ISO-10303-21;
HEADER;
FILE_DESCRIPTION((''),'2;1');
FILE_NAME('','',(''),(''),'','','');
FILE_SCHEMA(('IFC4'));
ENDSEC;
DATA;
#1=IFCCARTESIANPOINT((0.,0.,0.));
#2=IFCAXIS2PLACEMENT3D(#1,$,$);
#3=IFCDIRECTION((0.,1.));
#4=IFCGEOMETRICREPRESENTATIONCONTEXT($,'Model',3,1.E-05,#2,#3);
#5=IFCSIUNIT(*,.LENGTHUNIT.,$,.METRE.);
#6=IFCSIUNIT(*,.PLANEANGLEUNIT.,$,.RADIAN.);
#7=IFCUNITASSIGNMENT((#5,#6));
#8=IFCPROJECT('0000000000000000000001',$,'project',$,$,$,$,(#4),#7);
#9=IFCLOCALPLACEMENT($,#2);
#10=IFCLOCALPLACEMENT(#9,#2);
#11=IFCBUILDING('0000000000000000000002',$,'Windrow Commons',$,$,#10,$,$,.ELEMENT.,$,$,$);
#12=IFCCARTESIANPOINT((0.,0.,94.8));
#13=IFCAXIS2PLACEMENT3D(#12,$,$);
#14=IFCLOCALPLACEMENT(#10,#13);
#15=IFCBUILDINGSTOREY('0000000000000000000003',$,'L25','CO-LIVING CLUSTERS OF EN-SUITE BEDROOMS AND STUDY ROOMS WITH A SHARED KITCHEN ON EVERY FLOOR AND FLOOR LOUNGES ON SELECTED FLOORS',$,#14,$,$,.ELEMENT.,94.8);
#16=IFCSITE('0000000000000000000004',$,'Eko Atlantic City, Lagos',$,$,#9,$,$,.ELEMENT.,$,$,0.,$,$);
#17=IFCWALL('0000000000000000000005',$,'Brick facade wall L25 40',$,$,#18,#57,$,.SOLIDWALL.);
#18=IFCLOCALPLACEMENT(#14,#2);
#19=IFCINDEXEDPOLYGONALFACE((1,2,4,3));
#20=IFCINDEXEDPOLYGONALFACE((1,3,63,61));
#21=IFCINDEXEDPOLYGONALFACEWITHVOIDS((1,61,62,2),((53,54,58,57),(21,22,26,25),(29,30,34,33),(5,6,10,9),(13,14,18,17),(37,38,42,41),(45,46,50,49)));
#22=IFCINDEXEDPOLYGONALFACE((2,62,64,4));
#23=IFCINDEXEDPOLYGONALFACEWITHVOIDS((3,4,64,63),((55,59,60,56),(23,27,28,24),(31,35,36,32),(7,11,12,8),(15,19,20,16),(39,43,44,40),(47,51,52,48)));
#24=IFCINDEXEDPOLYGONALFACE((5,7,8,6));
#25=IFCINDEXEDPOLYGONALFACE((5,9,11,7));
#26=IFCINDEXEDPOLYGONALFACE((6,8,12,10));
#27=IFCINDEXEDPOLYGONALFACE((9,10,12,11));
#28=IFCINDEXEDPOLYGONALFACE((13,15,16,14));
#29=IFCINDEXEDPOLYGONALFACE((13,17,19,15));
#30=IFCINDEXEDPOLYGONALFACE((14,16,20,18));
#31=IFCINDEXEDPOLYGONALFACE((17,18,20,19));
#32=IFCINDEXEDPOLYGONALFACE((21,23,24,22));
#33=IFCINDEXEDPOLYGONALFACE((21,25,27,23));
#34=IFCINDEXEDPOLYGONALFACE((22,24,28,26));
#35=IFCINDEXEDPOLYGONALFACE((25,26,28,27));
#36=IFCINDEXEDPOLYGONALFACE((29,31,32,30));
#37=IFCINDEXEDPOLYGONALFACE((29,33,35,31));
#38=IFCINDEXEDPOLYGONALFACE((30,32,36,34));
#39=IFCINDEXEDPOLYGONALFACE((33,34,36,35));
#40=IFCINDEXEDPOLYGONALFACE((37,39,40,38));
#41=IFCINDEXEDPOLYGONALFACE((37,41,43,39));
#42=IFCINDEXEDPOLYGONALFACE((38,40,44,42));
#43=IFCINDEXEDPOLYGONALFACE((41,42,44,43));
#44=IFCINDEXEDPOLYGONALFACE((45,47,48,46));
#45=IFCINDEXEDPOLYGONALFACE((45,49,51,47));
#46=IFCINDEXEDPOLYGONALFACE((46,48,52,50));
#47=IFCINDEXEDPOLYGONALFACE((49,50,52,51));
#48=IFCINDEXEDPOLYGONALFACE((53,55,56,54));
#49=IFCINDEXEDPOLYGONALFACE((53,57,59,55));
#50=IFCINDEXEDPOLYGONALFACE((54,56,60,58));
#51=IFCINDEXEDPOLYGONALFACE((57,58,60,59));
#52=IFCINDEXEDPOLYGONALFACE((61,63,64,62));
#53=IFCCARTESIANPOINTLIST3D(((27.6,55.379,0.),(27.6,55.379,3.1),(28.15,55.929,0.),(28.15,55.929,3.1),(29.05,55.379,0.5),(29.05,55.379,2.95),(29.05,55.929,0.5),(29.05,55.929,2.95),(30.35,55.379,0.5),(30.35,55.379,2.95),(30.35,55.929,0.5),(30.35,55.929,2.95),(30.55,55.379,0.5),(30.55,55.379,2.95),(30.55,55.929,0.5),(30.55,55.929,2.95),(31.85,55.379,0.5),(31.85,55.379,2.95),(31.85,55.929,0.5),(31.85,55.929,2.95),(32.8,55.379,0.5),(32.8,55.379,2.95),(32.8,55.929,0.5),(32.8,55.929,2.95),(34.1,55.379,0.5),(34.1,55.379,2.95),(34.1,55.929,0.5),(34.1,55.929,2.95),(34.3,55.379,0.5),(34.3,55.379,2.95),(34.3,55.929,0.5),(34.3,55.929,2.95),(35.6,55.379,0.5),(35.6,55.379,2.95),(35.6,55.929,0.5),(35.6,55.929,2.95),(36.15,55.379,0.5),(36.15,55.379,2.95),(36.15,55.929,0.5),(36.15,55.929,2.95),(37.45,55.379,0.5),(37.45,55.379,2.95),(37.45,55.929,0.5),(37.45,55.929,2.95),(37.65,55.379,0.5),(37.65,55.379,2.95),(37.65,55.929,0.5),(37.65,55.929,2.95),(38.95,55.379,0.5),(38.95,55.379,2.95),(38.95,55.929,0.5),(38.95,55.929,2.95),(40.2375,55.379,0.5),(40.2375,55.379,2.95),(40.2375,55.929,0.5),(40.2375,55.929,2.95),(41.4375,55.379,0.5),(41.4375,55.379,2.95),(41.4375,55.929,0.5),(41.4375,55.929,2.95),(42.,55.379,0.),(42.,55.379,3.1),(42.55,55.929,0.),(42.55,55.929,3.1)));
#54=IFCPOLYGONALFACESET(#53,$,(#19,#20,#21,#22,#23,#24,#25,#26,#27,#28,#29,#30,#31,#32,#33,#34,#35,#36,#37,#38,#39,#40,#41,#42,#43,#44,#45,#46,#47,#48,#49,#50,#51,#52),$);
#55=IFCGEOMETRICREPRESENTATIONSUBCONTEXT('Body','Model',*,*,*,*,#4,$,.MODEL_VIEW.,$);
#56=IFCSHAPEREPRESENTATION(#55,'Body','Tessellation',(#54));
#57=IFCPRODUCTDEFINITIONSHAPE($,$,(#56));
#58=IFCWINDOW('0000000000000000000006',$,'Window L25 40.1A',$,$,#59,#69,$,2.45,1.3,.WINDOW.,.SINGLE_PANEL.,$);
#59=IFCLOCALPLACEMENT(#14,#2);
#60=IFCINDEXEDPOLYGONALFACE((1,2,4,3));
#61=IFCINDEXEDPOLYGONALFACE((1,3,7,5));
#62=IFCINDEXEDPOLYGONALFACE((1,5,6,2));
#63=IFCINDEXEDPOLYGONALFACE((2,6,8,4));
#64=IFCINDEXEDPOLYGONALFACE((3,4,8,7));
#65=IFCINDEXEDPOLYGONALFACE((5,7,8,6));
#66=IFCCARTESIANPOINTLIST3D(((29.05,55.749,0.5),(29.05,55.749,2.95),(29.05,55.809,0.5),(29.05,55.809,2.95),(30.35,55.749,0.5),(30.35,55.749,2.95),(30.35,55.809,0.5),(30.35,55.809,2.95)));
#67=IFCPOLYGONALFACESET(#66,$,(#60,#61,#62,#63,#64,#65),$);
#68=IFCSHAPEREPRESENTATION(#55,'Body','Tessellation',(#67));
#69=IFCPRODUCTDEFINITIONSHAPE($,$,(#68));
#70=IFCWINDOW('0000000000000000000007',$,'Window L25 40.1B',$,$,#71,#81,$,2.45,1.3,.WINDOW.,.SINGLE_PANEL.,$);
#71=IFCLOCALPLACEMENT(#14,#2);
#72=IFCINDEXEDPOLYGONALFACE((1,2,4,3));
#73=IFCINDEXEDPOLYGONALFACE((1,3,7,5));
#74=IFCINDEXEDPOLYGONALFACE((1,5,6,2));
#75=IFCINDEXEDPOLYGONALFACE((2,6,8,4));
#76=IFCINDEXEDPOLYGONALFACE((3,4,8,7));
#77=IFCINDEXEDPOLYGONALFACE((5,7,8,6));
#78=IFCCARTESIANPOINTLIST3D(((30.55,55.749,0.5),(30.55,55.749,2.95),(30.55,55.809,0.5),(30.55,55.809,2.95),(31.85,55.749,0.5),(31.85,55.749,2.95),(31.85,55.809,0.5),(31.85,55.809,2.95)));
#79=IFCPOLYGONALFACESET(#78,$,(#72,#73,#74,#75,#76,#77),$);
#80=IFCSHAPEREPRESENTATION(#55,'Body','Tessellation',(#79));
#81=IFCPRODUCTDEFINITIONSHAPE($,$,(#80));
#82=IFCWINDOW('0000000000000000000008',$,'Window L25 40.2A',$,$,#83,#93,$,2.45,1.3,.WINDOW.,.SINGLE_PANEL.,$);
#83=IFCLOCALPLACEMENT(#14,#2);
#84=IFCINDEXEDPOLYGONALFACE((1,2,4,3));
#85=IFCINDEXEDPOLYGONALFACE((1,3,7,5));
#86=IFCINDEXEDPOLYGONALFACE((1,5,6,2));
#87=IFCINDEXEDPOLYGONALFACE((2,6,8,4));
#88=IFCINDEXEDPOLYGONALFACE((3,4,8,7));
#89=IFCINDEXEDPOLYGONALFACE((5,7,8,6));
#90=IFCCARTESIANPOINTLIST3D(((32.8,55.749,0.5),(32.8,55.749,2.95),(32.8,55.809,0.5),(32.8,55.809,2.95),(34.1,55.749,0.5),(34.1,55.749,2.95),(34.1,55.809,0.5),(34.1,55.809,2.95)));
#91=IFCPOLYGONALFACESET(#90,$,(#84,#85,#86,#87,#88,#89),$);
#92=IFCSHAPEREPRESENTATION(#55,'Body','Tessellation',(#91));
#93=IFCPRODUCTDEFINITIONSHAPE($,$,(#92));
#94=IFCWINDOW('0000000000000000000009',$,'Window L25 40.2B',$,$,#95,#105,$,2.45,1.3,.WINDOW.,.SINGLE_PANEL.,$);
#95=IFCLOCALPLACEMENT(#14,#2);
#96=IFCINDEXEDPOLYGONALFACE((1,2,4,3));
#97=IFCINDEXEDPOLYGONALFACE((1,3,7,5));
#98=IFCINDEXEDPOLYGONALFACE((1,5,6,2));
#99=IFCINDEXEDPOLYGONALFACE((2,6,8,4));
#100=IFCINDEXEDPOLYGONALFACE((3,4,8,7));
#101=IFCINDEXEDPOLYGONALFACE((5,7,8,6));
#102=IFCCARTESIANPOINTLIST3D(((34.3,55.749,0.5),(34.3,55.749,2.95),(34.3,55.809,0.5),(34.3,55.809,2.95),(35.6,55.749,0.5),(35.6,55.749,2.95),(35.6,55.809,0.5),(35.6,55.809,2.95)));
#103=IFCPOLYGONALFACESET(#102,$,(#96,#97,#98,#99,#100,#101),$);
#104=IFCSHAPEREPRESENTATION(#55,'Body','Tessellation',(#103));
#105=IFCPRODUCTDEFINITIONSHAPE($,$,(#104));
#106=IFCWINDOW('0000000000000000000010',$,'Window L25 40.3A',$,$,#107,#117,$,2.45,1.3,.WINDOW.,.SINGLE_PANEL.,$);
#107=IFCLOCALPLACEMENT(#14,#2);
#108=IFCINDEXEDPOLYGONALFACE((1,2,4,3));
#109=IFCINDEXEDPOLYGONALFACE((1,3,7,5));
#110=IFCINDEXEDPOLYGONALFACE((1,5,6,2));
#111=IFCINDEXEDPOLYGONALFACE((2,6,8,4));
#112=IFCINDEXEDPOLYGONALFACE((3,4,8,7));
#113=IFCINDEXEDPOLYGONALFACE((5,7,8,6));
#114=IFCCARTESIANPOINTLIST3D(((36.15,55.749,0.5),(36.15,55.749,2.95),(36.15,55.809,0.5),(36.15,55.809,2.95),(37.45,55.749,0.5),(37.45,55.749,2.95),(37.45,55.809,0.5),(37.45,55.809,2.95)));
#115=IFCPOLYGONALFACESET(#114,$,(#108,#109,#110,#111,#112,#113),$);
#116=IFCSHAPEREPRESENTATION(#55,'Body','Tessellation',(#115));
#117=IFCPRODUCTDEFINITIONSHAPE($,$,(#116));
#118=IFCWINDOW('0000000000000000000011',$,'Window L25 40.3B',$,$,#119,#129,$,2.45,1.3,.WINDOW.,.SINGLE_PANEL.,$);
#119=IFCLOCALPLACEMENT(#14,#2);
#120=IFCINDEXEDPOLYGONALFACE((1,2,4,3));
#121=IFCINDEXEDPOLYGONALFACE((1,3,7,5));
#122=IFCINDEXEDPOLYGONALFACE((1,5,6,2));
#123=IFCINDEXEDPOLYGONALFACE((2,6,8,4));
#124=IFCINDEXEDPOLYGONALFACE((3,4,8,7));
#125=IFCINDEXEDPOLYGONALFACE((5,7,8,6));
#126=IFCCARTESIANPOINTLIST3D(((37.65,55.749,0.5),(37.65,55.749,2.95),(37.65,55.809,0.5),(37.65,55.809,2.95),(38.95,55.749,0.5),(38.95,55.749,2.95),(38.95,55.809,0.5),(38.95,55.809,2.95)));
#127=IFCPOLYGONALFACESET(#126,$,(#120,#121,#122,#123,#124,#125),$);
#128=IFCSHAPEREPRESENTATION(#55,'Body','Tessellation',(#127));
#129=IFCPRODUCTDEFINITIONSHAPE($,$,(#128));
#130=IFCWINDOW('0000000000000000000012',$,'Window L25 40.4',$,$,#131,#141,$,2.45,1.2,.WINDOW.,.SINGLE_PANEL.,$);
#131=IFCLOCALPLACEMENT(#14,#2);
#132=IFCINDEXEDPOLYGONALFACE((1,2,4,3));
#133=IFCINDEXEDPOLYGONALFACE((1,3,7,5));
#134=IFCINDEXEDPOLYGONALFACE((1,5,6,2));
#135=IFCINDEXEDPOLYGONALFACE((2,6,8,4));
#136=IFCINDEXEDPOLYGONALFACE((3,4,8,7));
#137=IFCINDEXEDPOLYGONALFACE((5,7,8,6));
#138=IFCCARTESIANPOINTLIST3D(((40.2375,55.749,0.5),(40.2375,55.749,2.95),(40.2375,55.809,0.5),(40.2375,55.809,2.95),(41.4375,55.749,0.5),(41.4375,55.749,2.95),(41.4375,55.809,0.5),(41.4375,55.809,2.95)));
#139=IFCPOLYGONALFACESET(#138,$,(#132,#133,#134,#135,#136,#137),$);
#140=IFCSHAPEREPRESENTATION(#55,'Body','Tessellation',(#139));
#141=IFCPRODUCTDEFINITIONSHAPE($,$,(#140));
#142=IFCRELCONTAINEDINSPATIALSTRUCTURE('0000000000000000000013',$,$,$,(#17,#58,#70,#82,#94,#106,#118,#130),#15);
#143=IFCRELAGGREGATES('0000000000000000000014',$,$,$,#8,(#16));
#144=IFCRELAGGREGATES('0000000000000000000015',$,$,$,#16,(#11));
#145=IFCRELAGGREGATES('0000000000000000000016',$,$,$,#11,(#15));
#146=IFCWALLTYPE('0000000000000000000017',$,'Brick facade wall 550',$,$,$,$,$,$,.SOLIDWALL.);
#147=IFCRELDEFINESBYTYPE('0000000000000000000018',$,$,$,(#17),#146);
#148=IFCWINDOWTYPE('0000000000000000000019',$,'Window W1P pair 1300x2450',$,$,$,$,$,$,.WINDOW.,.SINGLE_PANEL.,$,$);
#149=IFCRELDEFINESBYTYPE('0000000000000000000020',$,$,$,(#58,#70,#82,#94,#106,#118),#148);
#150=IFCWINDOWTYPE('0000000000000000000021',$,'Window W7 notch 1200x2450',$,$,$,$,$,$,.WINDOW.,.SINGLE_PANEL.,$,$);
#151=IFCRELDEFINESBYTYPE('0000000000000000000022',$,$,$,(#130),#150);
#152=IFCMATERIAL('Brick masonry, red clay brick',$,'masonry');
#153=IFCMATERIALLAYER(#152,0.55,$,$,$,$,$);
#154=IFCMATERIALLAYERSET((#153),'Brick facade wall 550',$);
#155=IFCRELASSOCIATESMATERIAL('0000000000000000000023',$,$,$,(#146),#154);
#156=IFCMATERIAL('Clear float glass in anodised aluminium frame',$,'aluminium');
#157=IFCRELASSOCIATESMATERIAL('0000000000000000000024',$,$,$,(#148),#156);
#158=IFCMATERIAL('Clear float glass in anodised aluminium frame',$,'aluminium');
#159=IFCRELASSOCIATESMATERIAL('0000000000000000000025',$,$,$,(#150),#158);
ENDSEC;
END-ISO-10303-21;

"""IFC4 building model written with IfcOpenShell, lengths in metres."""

from ifc_helpers import new_model, si_unit, direction, frame, frame_2d, origin, place, context, subcontext, project, spatial, polyline, rectangle, outline, extrude, material, layer, layer_set, type_object, element, fill, save


model = new_model("IFC4")

# Units and contexts
model_context = context("Model", 3, precision=1e-05, world=origin(), true_north=direction((0.0, 1.0)))
body_context = subcontext(model_context, "Body", "Model", "MODEL_VIEW")
ifc_project = project(units=[si_unit("LENGTHUNIT", "METRE"), si_unit("PLANEANGLEUNIT", "RADIAN")], contexts=[model_context])

# Site, building, storey
site_placement = place(None, origin())
site = spatial("IfcSite", under=ifc_project, at=site_placement, Name="Eko Atlantic City, Lagos", CompositionType="ELEMENT", RefElevation=0.0)
building_placement = place(site_placement, origin())
building = spatial("IfcBuilding", under=site, at=building_placement, Name="Windrow Commons", CompositionType="ELEMENT")
storey_placement = place(building_placement, frame((0.0, 0.0, 94.8)))
storey = spatial("IfcBuildingStorey", under=building, at=storey_placement, Name="L25", Description="CO-LIVING CLUSTERS OF EN-SUITE BEDROOMS AND STUDY ROOMS WITH A SHARED KITCHEN ON EVERY FLOOR AND FLOOR LOUNGES ON SELECTED FLOORS", CompositionType="ELEMENT", Elevation=94.8)

# Wall, openings, windows
ifc_material_1 = material(Name="Brick masonry, red clay brick", Category="masonry")
ifc_layer_1 = layer(ifc_material_1, 0.55)
ifc_layer_set_1 = layer_set([ifc_layer_1], Name="Brick facade wall 550")
wall_type_1 = type_object("IfcWallType", Name="Brick facade wall 550", PredefinedType="SOLIDWALL", material=ifc_layer_set_1)
wall_1_placement = place(storey_placement, frame((27.875, 55.654, 0.0), z_axis=(0.0, 0.0, 1.0), x_axis=(1.0, 0.0, 0.0)))
wall_1 = element("IfcWall", 1, at=wall_1_placement, inside=storey, type_object=wall_type_1, Name="Brick facade wall L25 40", PredefinedType="SOLIDWALL", context=body_context, shape_type="SweptSolid", body=[
    extrude(outline(polyline([(-0.275, -0.275), (14.125, -0.275), (14.675, 0.275), (0.275, 0.275), (-0.275, -0.275)])), origin(), (0.0, 0.0, 1.0), 3.1),
])
opening_1_placement = place(wall_1_placement, frame((1.175, 0.0, 0.5)))
opening_1 = element("IfcOpeningElement", 2, at=opening_1_placement, cuts=wall_1, PredefinedType="OPENING", context=body_context, shape_type="SweptSolid", body=[
    extrude(rectangle(XDim=1.3, YDim=2.45, at=frame_2d((0.65, 1.225))), frame((0.0, 0.285, 0.0), z_axis=(0.0, -1.0, 0.0), x_axis=(1.0, 0.0, 0.0)), (0.0, 0.0, 1.0), 0.57),
])
opening_2_placement = place(wall_1_placement, frame((2.675, 0.0, 0.5)))
opening_2 = element("IfcOpeningElement", 3, at=opening_2_placement, cuts=wall_1, PredefinedType="OPENING", context=body_context, shape_type="SweptSolid", body=[
    extrude(rectangle(XDim=1.3, YDim=2.45, at=frame_2d((0.65, 1.225))), frame((0.0, 0.285, 0.0), z_axis=(0.0, -1.0, 0.0), x_axis=(1.0, 0.0, 0.0)), (0.0, 0.0, 1.0), 0.57),
])
opening_3_placement = place(wall_1_placement, frame((4.925, 0.0, 0.5)))
opening_3 = element("IfcOpeningElement", 4, at=opening_3_placement, cuts=wall_1, PredefinedType="OPENING", context=body_context, shape_type="SweptSolid", body=[
    extrude(rectangle(XDim=1.3, YDim=2.45, at=frame_2d((0.65, 1.225))), frame((0.0, 0.285, 0.0), z_axis=(0.0, -1.0, 0.0), x_axis=(1.0, 0.0, 0.0)), (0.0, 0.0, 1.0), 0.57),
])
opening_4_placement = place(wall_1_placement, frame((6.425, 0.0, 0.5)))
opening_4 = element("IfcOpeningElement", 5, at=opening_4_placement, cuts=wall_1, PredefinedType="OPENING", context=body_context, shape_type="SweptSolid", body=[
    extrude(rectangle(XDim=1.3, YDim=2.45, at=frame_2d((0.65, 1.225))), frame((0.0, 0.285, 0.0), z_axis=(0.0, -1.0, 0.0), x_axis=(1.0, 0.0, 0.0)), (0.0, 0.0, 1.0), 0.57),
])
opening_5_placement = place(wall_1_placement, frame((8.275, 0.0, 0.5)))
opening_5 = element("IfcOpeningElement", 6, at=opening_5_placement, cuts=wall_1, PredefinedType="OPENING", context=body_context, shape_type="SweptSolid", body=[
    extrude(rectangle(XDim=1.3, YDim=2.45, at=frame_2d((0.65, 1.225))), frame((0.0, 0.285, 0.0), z_axis=(0.0, -1.0, 0.0), x_axis=(1.0, 0.0, 0.0)), (0.0, 0.0, 1.0), 0.57),
])
opening_6_placement = place(wall_1_placement, frame((9.775, 0.0, 0.5)))
opening_6 = element("IfcOpeningElement", 7, at=opening_6_placement, cuts=wall_1, PredefinedType="OPENING", context=body_context, shape_type="SweptSolid", body=[
    extrude(rectangle(XDim=1.3, YDim=2.45, at=frame_2d((0.65, 1.225))), frame((0.0, 0.285, 0.0), z_axis=(0.0, -1.0, 0.0), x_axis=(1.0, 0.0, 0.0)), (0.0, 0.0, 1.0), 0.57),
])
opening_7_placement = place(wall_1_placement, frame((12.3625, 0.0, 0.5)))
opening_7 = element("IfcOpeningElement", 8, at=opening_7_placement, cuts=wall_1, PredefinedType="OPENING", context=body_context, shape_type="SweptSolid", body=[
    extrude(rectangle(XDim=1.2, YDim=2.45, at=frame_2d((0.6, 1.225))), frame((0.0, 0.285, 0.0), z_axis=(0.0, -1.0, 0.0), x_axis=(1.0, 0.0, 0.0)), (0.0, 0.0, 1.0), 0.57),
])
ifc_material_2 = material(Name="Clear float glass in anodised aluminium frame", Category="aluminium")
window_type_1 = type_object("IfcWindowType", Name="Window W1P pair 1300x2450", PartitioningType="SINGLE_PANEL", PredefinedType="WINDOW", material=ifc_material_2)
window_1_placement = place(opening_1_placement, origin())
window_1 = element("IfcWindow", 9, at=window_1_placement, inside=storey, type_object=window_type_1, Name="Window L25 40.1A", OverallHeight=2.45, OverallWidth=1.3, PartitioningType="SINGLE_PANEL", PredefinedType="WINDOW", context=body_context, shape_type="SweptSolid", body=[
    extrude(rectangle(XDim=1.3, YDim=2.45, at=frame_2d((0.65, 1.225))), frame((0.0, 0.155, 0.0), z_axis=(0.0, -1.0, 0.0), x_axis=(1.0, 0.0, 0.0)), (0.0, 0.0, 1.0), 0.06),
])
fill(opening_1, window_1)
window_2_placement = place(opening_2_placement, origin())
window_2 = element("IfcWindow", 10, at=window_2_placement, inside=storey, type_object=window_type_1, Name="Window L25 40.1B", OverallHeight=2.45, OverallWidth=1.3, PartitioningType="SINGLE_PANEL", PredefinedType="WINDOW", context=body_context, shape_type="SweptSolid", body=[
    extrude(rectangle(XDim=1.3, YDim=2.45, at=frame_2d((0.65, 1.225))), frame((0.0, 0.155, 0.0), z_axis=(0.0, -1.0, 0.0), x_axis=(1.0, 0.0, 0.0)), (0.0, 0.0, 1.0), 0.06),
])
fill(opening_2, window_2)
window_3_placement = place(opening_3_placement, origin())
window_3 = element("IfcWindow", 11, at=window_3_placement, inside=storey, type_object=window_type_1, Name="Window L25 40.2A", OverallHeight=2.45, OverallWidth=1.3, PartitioningType="SINGLE_PANEL", PredefinedType="WINDOW", context=body_context, shape_type="SweptSolid", body=[
    extrude(rectangle(XDim=1.3, YDim=2.45, at=frame_2d((0.65, 1.225))), frame((0.0, 0.155, 0.0), z_axis=(0.0, -1.0, 0.0), x_axis=(1.0, 0.0, 0.0)), (0.0, 0.0, 1.0), 0.06),
])
fill(opening_3, window_3)
window_4_placement = place(opening_4_placement, origin())
window_4 = element("IfcWindow", 12, at=window_4_placement, inside=storey, type_object=window_type_1, Name="Window L25 40.2B", OverallHeight=2.45, OverallWidth=1.3, PartitioningType="SINGLE_PANEL", PredefinedType="WINDOW", context=body_context, shape_type="SweptSolid", body=[
    extrude(rectangle(XDim=1.3, YDim=2.45, at=frame_2d((0.65, 1.225))), frame((0.0, 0.155, 0.0), z_axis=(0.0, -1.0, 0.0), x_axis=(1.0, 0.0, 0.0)), (0.0, 0.0, 1.0), 0.06),
])
fill(opening_4, window_4)
window_5_placement = place(opening_5_placement, origin())
window_5 = element("IfcWindow", 13, at=window_5_placement, inside=storey, type_object=window_type_1, Name="Window L25 40.3A", OverallHeight=2.45, OverallWidth=1.3, PartitioningType="SINGLE_PANEL", PredefinedType="WINDOW", context=body_context, shape_type="SweptSolid", body=[
    extrude(rectangle(XDim=1.3, YDim=2.45, at=frame_2d((0.65, 1.225))), frame((0.0, 0.155, 0.0), z_axis=(0.0, -1.0, 0.0), x_axis=(1.0, 0.0, 0.0)), (0.0, 0.0, 1.0), 0.06),
])
fill(opening_5, window_5)
window_6_placement = place(opening_6_placement, origin())
window_6 = element("IfcWindow", 14, at=window_6_placement, inside=storey, type_object=window_type_1, Name="Window L25 40.3B", OverallHeight=2.45, OverallWidth=1.3, PartitioningType="SINGLE_PANEL", PredefinedType="WINDOW", context=body_context, shape_type="SweptSolid", body=[
    extrude(rectangle(XDim=1.3, YDim=2.45, at=frame_2d((0.65, 1.225))), frame((0.0, 0.155, 0.0), z_axis=(0.0, -1.0, 0.0), x_axis=(1.0, 0.0, 0.0)), (0.0, 0.0, 1.0), 0.06),
])
fill(opening_6, window_6)
ifc_material_3 = material(Name="Clear float glass in anodised aluminium frame", Category="aluminium")
window_type_2 = type_object("IfcWindowType", Name="Window W7 notch 1200x2450", PartitioningType="SINGLE_PANEL", PredefinedType="WINDOW", material=ifc_material_3)
window_7_placement = place(opening_7_placement, origin())
window_7 = element("IfcWindow", 15, at=window_7_placement, inside=storey, type_object=window_type_2, Name="Window L25 40.4", OverallHeight=2.45, OverallWidth=1.2, PartitioningType="SINGLE_PANEL", PredefinedType="WINDOW", context=body_context, shape_type="SweptSolid", body=[
    extrude(rectangle(XDim=1.2, YDim=2.45, at=frame_2d((0.6, 1.225))), frame((0.0, 0.155, 0.0), z_axis=(0.0, -1.0, 0.0), x_axis=(1.0, 0.0, 0.0)), (0.0, 0.0, 1.0), 0.06),
])
fill(opening_7, window_7)

save(model, "model.ifc")
